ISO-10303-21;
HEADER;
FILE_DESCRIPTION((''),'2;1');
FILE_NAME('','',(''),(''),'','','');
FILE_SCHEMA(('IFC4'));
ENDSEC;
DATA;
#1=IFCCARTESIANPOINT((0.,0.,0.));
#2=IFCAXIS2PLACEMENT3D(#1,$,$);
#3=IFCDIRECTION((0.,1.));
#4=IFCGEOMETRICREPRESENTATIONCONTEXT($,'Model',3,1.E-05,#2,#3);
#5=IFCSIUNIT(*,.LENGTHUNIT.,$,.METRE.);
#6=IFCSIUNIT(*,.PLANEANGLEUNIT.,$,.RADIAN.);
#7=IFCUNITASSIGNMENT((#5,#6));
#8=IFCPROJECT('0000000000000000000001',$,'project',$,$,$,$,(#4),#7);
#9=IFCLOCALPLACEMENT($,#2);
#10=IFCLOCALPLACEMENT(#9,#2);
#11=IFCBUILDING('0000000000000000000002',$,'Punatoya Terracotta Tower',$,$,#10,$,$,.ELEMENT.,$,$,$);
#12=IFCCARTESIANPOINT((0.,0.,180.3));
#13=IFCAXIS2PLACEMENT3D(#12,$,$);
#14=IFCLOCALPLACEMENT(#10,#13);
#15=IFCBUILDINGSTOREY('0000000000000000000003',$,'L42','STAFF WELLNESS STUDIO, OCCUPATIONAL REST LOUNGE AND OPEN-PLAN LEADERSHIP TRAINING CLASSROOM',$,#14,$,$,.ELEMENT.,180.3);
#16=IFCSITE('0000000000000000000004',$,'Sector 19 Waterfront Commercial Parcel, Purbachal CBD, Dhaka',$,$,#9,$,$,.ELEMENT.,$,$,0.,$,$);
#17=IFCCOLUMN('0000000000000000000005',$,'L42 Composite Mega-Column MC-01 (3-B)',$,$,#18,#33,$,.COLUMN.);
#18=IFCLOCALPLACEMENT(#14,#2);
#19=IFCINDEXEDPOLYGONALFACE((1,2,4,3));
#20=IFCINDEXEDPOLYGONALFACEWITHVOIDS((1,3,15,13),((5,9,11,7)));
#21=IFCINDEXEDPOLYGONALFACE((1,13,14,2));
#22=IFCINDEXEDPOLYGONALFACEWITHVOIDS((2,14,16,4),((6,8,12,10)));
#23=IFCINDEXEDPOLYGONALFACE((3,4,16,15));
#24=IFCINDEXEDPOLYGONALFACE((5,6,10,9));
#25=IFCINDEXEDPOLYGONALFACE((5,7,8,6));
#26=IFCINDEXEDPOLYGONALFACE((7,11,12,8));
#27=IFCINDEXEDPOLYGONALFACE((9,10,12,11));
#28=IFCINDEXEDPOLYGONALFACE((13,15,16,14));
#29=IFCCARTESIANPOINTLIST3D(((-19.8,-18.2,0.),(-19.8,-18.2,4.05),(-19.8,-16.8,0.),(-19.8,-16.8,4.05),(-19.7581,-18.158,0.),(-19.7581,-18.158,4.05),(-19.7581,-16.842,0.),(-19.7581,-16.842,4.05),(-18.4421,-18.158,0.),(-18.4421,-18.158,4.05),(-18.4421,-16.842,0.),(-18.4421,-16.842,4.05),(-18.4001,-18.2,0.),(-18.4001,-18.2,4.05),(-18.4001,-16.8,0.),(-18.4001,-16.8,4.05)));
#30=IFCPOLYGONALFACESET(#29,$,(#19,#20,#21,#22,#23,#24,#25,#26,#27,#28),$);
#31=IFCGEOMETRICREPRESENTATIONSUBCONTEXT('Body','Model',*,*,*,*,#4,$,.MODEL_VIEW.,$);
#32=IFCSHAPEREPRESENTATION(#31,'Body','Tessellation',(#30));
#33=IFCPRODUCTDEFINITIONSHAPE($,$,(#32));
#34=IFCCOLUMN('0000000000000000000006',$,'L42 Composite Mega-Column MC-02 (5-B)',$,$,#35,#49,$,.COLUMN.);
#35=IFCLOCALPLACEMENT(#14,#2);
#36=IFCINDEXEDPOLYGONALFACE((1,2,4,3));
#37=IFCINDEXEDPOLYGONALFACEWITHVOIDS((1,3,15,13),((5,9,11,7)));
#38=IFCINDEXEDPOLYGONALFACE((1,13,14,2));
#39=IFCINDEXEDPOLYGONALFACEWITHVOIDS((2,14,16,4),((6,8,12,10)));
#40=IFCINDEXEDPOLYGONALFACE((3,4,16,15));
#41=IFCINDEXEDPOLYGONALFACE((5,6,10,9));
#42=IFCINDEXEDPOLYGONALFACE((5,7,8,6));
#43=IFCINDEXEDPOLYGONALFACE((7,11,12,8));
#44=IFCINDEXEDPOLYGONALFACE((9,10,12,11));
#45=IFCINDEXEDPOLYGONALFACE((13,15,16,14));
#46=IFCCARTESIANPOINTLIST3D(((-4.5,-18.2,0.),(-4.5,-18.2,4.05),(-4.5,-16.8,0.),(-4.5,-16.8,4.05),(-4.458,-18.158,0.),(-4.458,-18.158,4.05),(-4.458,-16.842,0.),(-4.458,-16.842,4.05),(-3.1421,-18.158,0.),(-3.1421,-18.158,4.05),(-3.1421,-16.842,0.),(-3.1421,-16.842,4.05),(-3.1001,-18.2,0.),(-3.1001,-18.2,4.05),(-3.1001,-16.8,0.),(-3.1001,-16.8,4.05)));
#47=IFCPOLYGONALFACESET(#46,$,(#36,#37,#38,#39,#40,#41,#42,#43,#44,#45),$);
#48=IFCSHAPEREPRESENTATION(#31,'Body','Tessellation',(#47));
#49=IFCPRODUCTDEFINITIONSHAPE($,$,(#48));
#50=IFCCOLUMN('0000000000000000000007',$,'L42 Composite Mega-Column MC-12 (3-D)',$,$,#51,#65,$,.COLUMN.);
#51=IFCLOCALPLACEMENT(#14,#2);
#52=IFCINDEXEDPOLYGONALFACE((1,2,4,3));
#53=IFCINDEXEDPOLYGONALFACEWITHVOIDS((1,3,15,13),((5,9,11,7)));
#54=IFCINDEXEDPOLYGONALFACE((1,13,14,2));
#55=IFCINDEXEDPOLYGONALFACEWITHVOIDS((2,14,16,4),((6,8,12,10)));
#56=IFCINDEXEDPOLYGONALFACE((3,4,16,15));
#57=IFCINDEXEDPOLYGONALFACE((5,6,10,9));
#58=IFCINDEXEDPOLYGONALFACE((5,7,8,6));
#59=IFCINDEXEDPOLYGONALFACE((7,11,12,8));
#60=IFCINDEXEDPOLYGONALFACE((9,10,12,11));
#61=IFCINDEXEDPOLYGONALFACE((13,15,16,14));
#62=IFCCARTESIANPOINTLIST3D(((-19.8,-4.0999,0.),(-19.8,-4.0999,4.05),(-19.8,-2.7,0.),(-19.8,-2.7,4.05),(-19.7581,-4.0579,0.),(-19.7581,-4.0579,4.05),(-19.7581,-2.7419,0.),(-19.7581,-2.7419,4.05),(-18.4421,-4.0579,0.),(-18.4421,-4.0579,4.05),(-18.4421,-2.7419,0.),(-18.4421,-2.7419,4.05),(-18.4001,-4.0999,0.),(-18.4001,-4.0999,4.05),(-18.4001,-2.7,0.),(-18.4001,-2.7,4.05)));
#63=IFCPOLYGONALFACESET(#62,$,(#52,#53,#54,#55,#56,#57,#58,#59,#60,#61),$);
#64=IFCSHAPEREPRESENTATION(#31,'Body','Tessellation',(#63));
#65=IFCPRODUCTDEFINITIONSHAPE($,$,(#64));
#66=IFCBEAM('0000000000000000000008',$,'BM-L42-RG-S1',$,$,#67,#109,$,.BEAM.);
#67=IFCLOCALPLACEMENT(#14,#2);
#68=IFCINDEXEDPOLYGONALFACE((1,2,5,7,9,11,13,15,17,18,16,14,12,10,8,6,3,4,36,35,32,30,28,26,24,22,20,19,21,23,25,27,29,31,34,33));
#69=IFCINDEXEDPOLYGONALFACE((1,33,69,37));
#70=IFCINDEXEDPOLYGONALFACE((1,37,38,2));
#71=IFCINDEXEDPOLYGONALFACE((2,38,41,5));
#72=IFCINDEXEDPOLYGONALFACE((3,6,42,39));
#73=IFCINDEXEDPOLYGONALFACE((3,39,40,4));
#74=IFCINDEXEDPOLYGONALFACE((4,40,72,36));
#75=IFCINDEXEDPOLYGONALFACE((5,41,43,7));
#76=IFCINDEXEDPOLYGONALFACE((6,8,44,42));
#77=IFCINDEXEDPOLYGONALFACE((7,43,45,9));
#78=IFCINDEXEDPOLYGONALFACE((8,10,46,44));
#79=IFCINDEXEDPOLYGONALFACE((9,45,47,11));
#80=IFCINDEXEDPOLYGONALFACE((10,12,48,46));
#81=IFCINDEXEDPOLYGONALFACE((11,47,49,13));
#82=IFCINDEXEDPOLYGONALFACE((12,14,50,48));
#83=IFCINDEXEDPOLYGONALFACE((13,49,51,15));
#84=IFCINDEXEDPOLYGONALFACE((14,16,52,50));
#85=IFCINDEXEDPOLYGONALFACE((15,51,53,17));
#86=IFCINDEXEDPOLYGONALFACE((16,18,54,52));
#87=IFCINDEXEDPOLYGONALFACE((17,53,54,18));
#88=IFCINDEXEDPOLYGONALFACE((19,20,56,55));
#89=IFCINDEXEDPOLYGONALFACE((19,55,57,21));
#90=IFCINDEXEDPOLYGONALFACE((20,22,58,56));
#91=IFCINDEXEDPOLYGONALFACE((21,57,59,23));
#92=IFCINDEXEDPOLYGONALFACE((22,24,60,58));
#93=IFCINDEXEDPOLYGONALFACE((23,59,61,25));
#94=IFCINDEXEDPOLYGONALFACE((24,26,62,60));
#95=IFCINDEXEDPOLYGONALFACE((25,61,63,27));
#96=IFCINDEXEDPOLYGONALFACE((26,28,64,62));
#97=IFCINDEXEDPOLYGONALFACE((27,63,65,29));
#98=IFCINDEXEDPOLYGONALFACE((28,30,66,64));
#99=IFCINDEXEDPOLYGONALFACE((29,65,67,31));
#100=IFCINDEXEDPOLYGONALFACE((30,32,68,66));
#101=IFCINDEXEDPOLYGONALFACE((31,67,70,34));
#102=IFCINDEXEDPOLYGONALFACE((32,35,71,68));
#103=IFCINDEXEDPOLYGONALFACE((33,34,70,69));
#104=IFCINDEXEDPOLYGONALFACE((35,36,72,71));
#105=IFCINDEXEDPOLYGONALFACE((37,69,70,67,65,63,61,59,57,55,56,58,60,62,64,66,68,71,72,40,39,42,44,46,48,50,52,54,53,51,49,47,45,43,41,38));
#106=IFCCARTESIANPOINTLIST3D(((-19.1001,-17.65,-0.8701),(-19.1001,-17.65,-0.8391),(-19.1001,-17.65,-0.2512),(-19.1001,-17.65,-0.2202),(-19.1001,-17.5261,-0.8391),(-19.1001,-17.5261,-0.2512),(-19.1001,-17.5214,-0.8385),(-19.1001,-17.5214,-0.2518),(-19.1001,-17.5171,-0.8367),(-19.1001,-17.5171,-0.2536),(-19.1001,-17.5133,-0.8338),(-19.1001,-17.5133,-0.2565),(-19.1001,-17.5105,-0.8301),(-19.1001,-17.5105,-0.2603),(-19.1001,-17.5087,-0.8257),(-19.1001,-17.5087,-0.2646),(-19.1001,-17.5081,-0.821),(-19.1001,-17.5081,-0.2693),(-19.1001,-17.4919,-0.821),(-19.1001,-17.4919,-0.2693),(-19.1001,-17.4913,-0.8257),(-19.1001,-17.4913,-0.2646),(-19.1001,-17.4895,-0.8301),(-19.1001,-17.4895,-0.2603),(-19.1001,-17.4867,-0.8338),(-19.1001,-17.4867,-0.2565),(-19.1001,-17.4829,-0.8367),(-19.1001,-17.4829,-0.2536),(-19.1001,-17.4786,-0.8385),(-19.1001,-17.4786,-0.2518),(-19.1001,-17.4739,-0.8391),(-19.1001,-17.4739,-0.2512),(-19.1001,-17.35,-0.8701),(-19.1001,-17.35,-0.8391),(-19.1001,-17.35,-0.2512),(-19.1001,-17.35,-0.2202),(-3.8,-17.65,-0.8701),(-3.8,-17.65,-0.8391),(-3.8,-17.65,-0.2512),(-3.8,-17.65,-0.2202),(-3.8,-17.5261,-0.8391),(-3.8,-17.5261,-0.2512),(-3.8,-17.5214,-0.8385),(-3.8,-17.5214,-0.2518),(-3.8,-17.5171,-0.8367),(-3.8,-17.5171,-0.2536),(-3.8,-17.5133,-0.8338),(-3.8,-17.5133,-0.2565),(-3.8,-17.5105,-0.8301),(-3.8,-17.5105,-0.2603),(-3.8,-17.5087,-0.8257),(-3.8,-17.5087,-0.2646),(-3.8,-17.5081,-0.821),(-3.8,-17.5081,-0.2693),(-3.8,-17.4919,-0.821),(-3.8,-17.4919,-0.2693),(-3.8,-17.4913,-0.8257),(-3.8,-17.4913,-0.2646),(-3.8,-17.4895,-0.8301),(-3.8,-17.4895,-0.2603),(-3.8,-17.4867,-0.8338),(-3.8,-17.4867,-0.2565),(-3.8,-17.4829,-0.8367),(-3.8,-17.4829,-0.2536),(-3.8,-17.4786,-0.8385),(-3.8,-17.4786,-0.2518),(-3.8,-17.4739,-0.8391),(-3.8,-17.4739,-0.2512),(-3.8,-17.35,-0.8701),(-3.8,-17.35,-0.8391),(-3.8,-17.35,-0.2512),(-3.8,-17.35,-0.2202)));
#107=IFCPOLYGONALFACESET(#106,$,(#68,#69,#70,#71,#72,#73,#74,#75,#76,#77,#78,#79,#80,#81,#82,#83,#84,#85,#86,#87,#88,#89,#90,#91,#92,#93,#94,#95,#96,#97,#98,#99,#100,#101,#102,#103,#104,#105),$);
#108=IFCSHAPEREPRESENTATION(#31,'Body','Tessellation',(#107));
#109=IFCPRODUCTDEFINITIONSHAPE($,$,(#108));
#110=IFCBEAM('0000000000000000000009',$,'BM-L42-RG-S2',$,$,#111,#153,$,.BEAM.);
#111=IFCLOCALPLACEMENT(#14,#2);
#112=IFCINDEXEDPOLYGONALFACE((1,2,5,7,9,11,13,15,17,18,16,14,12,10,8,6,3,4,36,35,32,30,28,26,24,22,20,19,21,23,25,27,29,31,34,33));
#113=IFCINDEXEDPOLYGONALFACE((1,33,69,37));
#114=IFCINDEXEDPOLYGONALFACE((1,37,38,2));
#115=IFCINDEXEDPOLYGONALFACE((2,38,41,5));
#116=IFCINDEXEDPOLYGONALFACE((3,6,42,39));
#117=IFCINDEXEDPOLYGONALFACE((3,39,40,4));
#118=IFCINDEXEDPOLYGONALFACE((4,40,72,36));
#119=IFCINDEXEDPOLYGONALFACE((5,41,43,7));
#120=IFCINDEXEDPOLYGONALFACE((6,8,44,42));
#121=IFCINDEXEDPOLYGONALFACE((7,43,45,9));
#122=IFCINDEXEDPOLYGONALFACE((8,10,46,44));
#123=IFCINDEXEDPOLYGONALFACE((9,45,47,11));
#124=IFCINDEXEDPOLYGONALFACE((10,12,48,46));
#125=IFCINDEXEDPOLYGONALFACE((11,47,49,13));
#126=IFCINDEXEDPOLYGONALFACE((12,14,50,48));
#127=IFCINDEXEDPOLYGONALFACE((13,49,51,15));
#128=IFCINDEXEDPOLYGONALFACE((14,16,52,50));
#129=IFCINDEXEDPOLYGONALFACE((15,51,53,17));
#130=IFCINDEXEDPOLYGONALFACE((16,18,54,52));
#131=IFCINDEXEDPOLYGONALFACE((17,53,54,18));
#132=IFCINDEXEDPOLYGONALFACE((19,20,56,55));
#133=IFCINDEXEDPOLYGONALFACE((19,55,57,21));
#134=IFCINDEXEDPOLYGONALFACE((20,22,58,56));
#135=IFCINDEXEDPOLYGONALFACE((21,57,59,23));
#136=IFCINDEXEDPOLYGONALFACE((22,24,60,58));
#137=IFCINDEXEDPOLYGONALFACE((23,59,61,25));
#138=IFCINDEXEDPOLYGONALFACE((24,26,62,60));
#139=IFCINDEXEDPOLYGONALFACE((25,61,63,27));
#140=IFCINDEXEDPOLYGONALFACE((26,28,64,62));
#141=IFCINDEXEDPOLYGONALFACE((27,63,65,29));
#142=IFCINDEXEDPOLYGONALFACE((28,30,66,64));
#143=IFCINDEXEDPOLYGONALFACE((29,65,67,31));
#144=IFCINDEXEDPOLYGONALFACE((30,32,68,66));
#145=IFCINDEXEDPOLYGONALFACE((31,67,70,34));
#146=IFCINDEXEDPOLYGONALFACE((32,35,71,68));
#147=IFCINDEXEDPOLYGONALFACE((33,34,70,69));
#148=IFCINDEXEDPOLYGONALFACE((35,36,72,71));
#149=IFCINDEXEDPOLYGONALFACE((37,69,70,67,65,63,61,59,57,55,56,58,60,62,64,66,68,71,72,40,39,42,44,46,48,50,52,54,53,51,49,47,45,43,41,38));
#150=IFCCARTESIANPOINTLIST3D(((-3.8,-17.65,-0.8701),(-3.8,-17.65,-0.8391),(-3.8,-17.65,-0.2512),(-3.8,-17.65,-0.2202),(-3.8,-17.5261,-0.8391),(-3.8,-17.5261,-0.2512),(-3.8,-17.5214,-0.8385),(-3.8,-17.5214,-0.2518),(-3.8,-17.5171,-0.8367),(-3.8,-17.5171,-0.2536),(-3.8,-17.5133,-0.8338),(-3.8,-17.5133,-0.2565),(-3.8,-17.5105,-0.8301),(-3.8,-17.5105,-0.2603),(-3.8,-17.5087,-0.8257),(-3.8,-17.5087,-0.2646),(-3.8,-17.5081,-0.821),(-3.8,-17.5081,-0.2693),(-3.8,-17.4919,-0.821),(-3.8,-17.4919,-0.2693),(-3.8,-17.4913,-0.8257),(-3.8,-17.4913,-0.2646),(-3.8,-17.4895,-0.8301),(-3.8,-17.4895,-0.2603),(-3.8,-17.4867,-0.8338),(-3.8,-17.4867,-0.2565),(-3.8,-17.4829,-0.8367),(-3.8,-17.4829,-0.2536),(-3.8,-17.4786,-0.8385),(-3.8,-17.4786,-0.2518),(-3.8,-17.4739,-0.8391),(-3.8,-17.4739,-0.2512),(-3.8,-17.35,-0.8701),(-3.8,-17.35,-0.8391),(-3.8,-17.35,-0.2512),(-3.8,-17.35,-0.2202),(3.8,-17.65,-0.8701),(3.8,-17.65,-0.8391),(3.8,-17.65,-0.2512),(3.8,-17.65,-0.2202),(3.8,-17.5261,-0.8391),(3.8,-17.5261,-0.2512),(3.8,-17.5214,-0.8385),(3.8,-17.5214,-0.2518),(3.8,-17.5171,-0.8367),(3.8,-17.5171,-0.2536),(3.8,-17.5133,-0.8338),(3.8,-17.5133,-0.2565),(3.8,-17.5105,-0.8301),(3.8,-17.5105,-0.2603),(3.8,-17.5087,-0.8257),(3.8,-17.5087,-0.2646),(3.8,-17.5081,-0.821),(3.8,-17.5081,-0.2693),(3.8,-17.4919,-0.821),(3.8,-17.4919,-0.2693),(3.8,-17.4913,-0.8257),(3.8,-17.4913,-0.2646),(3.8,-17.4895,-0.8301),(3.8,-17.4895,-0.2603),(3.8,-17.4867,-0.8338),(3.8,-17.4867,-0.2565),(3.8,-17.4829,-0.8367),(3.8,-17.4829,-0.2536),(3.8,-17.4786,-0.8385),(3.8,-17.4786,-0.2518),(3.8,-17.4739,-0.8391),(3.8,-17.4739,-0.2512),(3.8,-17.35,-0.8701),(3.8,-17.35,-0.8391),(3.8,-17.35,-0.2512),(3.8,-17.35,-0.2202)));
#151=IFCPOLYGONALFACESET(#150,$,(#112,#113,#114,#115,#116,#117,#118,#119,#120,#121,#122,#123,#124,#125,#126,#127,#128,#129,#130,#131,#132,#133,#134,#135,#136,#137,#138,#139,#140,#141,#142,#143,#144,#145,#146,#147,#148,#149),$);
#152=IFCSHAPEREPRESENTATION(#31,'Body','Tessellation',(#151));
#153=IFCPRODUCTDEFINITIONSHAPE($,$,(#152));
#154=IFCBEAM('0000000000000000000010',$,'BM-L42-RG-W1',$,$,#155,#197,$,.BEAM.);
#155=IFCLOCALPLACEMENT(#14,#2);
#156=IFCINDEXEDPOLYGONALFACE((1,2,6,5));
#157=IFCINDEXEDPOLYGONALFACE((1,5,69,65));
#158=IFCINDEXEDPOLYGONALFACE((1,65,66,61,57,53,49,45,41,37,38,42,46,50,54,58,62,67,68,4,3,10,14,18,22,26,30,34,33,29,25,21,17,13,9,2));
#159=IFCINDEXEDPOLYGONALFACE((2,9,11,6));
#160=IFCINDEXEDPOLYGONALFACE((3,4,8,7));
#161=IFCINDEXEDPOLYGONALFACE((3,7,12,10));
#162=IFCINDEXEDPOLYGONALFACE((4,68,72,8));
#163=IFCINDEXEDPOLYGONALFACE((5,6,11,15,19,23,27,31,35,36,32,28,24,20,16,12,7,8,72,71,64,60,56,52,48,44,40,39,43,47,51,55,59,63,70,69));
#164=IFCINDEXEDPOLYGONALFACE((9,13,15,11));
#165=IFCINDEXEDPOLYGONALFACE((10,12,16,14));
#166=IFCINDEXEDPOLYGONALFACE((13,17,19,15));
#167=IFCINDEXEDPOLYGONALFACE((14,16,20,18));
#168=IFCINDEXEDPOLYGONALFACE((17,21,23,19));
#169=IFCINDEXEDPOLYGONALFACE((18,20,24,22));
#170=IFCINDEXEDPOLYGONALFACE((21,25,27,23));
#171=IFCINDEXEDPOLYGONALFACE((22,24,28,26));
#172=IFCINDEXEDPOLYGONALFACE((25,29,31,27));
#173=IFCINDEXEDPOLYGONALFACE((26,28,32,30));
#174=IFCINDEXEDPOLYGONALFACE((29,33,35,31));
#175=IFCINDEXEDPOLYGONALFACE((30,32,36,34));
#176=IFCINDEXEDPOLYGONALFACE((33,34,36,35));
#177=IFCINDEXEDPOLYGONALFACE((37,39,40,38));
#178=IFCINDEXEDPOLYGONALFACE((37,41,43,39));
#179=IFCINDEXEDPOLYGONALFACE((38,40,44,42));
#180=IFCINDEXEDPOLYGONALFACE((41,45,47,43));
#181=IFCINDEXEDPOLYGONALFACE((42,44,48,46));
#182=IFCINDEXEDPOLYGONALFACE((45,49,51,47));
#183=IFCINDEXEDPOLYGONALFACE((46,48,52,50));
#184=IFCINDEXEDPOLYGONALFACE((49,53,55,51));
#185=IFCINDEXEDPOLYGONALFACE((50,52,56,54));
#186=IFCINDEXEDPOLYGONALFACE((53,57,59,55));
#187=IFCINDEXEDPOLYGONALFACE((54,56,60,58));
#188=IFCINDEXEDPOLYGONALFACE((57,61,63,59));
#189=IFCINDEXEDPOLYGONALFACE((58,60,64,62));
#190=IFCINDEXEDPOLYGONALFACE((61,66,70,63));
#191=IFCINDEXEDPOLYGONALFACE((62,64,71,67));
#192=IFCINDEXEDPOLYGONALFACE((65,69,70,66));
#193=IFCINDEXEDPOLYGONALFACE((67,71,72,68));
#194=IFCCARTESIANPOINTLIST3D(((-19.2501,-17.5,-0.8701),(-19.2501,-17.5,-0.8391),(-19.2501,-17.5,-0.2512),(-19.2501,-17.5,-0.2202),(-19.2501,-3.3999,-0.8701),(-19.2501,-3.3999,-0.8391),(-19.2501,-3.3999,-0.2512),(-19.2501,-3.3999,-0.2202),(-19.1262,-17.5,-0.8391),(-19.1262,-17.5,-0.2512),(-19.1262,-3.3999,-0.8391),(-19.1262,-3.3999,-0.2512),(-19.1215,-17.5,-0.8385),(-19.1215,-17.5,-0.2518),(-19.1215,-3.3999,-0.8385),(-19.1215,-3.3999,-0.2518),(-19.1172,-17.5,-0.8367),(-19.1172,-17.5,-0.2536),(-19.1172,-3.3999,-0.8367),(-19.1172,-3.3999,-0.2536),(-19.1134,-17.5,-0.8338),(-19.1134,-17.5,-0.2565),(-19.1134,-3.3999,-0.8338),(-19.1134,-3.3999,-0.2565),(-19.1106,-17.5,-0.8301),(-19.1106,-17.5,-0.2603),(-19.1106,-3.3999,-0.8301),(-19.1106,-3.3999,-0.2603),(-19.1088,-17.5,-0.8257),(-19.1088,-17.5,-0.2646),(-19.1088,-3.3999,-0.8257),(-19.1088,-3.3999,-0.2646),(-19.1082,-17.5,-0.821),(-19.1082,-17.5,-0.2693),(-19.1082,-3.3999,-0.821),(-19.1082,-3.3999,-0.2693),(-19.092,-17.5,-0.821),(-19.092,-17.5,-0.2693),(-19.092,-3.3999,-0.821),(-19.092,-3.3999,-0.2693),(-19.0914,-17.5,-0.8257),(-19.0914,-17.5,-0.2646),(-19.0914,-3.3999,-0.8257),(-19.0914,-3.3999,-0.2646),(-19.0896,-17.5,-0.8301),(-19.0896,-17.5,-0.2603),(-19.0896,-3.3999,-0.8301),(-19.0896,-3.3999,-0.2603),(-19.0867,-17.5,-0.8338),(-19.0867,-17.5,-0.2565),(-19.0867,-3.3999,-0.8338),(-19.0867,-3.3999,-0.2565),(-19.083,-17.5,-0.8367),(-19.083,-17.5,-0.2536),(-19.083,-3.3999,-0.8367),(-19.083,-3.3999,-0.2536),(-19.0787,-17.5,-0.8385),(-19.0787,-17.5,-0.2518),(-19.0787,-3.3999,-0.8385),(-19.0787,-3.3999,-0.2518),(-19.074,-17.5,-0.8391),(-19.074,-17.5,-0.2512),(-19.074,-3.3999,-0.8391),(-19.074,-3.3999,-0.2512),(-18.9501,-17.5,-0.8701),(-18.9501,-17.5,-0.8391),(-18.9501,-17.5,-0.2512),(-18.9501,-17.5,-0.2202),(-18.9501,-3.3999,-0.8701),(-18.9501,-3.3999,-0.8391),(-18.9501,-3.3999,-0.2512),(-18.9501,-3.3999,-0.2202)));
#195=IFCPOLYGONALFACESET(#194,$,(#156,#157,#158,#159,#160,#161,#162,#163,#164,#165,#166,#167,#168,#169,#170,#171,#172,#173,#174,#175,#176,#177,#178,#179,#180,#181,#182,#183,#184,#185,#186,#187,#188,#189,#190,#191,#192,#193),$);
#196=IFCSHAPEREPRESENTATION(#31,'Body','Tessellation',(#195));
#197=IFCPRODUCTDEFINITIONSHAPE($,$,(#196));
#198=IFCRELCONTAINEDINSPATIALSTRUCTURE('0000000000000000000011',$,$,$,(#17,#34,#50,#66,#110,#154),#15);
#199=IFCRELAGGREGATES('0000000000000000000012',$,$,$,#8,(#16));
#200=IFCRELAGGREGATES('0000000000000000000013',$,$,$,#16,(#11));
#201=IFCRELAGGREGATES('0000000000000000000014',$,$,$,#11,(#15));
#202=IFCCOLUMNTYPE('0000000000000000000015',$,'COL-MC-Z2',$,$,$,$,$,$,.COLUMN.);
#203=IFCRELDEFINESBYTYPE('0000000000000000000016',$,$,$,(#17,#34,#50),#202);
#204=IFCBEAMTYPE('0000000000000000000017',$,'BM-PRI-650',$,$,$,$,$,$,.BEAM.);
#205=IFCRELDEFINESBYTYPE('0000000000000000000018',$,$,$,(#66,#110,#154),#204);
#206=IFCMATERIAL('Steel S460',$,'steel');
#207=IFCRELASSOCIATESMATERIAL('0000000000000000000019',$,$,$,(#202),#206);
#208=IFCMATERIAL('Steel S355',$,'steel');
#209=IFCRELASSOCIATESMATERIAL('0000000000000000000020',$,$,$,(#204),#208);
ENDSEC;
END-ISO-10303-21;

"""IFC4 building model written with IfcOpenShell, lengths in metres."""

from ifc_helpers import new_model, si_unit, direction, frame, origin, origin_2d, place, context, subcontext, project, spatial, hollow_rectangle, i_section, extrude, material, material_profile, profile_set, type_object, element, save


model = new_model("IFC4")

# Units and contexts
model_context = context("Model", 3, precision=1e-05, world=origin(), true_north=direction((0.0, 1.0)))
body_context = subcontext(model_context, "Body", "Model", "MODEL_VIEW")
ifc_project = project(units=[si_unit("LENGTHUNIT", "METRE"), si_unit("PLANEANGLEUNIT", "RADIAN")], contexts=[model_context])

# Site, building, storey
site_placement = place(None, origin())
site = spatial("IfcSite", under=ifc_project, at=site_placement, Name="Sector 19 Waterfront Commercial Parcel, Purbachal CBD, Dhaka", CompositionType="ELEMENT", RefElevation=0.0)
building_placement = place(site_placement, origin())
building = spatial("IfcBuilding", under=site, at=building_placement, Name="Punatoya Terracotta Tower", CompositionType="ELEMENT")
storey_placement = place(building_placement, frame((0.0, 0.0, 180.3)))
storey = spatial("IfcBuildingStorey", under=building, at=storey_placement, Name="L42", Description="STAFF WELLNESS STUDIO, OCCUPATIONAL REST LOUNGE AND OPEN-PLAN LEADERSHIP TRAINING CLASSROOM", CompositionType="ELEMENT", Elevation=180.3)

# Columns
ifc_material_1 = material(Name="Steel S460", Category="steel")
ifc_material_profile_1 = material_profile(ifc_material_1, hollow_rectangle(XDim=1.3999, YDim=1.3999, WallThickness=0.042, at=origin_2d()))
ifc_profile_set_1 = profile_set([ifc_material_profile_1], Name="Steel S460")
column_type = type_object("IfcColumnType", Name="COL-MC-Z2", PredefinedType="COLUMN", material=ifc_profile_set_1)
for number, where, z_axis, x_axis, name in (
    (1, (-19.1001, -17.5, 0.0), (0.0, 0.0, 1.0), (1.0, 0.0, 0.0), "L42 Composite Mega-Column MC-01 (3-B)"),
    (2, (-3.8, -17.5, 0.0), (0.0, 0.0, 1.0), (1.0, 0.0, 0.0), "L42 Composite Mega-Column MC-02 (5-B)"),
    (3, (-19.1001, -3.3999, 0.0), (0.0, 0.0, 1.0), (1.0, 0.0, 0.0), "L42 Composite Mega-Column MC-12 (3-D)"),
):
    element("IfcColumn", number, at=place(storey_placement, frame(where, z_axis=z_axis, x_axis=x_axis)), inside=storey, type_object=column_type, Name=name, PredefinedType="COLUMN", context=body_context, shape_type="SweptSolid", body=[
        extrude(hollow_rectangle(XDim=1.3999, YDim=1.3999, WallThickness=0.042, at=origin_2d()), origin(), (0.0, 0.0, 1.0), 4.05),
    ])

# Beams
ifc_material_2 = material(Name="Steel S355", Category="steel")
ifc_material_profile_2 = material_profile(ifc_material_2, i_section(OverallWidth=0.3, OverallDepth=0.6499, WebThickness=0.0161, FlangeThickness=0.031, FilletRadius=0.0181, at=origin_2d()))
ifc_profile_set_2 = profile_set([ifc_material_profile_2], Name="Steel S355")
beam_type_1 = type_object("IfcBeamType", Name="BM-PRI-650", PredefinedType="BEAM", material=ifc_profile_set_2)
beam_1_placement = place(storey_placement, frame((-19.1001, -17.5, -0.5452), z_axis=(1.0, 0.0, 0.0), x_axis=(0.0, 1.0, 0.0)))
element("IfcBeam", 4, at=beam_1_placement, inside=storey, type_object=beam_type_1, Name="BM-L42-RG-S1", PredefinedType="BEAM", context=body_context, shape_type="SweptSolid", body=[
    extrude(i_section(OverallWidth=0.3, OverallDepth=0.6499, WebThickness=0.0161, FlangeThickness=0.031, FilletRadius=0.0181, at=origin_2d()), origin(), (0.0, 0.0, 1.0), 15.3),
])
beam_2_placement = place(storey_placement, frame((-3.8, -17.5, -0.5452), z_axis=(1.0, 0.0, 0.0), x_axis=(0.0, 1.0, 0.0)))
element("IfcBeam", 5, at=beam_2_placement, inside=storey, type_object=beam_type_1, Name="BM-L42-RG-S2", PredefinedType="BEAM", context=body_context, shape_type="SweptSolid", body=[
    extrude(i_section(OverallWidth=0.3, OverallDepth=0.6499, WebThickness=0.0161, FlangeThickness=0.031, FilletRadius=0.0181, at=origin_2d()), origin(), (0.0, 0.0, 1.0), 7.6001),
])
beam_3_placement = place(storey_placement, frame((-19.1001, -17.5, -0.5452), z_axis=(0.0, 1.0, 0.0), x_axis=(-1.0, 0.0, 0.0)))
element("IfcBeam", 6, at=beam_3_placement, inside=storey, type_object=beam_type_1, Name="BM-L42-RG-W1", PredefinedType="BEAM", context=body_context, shape_type="SweptSolid", body=[
    extrude(i_section(OverallWidth=0.3, OverallDepth=0.6499, WebThickness=0.0161, FlangeThickness=0.031, FilletRadius=0.0181, at=origin_2d()), origin(), (0.0, 0.0, 1.0), 14.1001),
])

save(model, "model.ifc")
